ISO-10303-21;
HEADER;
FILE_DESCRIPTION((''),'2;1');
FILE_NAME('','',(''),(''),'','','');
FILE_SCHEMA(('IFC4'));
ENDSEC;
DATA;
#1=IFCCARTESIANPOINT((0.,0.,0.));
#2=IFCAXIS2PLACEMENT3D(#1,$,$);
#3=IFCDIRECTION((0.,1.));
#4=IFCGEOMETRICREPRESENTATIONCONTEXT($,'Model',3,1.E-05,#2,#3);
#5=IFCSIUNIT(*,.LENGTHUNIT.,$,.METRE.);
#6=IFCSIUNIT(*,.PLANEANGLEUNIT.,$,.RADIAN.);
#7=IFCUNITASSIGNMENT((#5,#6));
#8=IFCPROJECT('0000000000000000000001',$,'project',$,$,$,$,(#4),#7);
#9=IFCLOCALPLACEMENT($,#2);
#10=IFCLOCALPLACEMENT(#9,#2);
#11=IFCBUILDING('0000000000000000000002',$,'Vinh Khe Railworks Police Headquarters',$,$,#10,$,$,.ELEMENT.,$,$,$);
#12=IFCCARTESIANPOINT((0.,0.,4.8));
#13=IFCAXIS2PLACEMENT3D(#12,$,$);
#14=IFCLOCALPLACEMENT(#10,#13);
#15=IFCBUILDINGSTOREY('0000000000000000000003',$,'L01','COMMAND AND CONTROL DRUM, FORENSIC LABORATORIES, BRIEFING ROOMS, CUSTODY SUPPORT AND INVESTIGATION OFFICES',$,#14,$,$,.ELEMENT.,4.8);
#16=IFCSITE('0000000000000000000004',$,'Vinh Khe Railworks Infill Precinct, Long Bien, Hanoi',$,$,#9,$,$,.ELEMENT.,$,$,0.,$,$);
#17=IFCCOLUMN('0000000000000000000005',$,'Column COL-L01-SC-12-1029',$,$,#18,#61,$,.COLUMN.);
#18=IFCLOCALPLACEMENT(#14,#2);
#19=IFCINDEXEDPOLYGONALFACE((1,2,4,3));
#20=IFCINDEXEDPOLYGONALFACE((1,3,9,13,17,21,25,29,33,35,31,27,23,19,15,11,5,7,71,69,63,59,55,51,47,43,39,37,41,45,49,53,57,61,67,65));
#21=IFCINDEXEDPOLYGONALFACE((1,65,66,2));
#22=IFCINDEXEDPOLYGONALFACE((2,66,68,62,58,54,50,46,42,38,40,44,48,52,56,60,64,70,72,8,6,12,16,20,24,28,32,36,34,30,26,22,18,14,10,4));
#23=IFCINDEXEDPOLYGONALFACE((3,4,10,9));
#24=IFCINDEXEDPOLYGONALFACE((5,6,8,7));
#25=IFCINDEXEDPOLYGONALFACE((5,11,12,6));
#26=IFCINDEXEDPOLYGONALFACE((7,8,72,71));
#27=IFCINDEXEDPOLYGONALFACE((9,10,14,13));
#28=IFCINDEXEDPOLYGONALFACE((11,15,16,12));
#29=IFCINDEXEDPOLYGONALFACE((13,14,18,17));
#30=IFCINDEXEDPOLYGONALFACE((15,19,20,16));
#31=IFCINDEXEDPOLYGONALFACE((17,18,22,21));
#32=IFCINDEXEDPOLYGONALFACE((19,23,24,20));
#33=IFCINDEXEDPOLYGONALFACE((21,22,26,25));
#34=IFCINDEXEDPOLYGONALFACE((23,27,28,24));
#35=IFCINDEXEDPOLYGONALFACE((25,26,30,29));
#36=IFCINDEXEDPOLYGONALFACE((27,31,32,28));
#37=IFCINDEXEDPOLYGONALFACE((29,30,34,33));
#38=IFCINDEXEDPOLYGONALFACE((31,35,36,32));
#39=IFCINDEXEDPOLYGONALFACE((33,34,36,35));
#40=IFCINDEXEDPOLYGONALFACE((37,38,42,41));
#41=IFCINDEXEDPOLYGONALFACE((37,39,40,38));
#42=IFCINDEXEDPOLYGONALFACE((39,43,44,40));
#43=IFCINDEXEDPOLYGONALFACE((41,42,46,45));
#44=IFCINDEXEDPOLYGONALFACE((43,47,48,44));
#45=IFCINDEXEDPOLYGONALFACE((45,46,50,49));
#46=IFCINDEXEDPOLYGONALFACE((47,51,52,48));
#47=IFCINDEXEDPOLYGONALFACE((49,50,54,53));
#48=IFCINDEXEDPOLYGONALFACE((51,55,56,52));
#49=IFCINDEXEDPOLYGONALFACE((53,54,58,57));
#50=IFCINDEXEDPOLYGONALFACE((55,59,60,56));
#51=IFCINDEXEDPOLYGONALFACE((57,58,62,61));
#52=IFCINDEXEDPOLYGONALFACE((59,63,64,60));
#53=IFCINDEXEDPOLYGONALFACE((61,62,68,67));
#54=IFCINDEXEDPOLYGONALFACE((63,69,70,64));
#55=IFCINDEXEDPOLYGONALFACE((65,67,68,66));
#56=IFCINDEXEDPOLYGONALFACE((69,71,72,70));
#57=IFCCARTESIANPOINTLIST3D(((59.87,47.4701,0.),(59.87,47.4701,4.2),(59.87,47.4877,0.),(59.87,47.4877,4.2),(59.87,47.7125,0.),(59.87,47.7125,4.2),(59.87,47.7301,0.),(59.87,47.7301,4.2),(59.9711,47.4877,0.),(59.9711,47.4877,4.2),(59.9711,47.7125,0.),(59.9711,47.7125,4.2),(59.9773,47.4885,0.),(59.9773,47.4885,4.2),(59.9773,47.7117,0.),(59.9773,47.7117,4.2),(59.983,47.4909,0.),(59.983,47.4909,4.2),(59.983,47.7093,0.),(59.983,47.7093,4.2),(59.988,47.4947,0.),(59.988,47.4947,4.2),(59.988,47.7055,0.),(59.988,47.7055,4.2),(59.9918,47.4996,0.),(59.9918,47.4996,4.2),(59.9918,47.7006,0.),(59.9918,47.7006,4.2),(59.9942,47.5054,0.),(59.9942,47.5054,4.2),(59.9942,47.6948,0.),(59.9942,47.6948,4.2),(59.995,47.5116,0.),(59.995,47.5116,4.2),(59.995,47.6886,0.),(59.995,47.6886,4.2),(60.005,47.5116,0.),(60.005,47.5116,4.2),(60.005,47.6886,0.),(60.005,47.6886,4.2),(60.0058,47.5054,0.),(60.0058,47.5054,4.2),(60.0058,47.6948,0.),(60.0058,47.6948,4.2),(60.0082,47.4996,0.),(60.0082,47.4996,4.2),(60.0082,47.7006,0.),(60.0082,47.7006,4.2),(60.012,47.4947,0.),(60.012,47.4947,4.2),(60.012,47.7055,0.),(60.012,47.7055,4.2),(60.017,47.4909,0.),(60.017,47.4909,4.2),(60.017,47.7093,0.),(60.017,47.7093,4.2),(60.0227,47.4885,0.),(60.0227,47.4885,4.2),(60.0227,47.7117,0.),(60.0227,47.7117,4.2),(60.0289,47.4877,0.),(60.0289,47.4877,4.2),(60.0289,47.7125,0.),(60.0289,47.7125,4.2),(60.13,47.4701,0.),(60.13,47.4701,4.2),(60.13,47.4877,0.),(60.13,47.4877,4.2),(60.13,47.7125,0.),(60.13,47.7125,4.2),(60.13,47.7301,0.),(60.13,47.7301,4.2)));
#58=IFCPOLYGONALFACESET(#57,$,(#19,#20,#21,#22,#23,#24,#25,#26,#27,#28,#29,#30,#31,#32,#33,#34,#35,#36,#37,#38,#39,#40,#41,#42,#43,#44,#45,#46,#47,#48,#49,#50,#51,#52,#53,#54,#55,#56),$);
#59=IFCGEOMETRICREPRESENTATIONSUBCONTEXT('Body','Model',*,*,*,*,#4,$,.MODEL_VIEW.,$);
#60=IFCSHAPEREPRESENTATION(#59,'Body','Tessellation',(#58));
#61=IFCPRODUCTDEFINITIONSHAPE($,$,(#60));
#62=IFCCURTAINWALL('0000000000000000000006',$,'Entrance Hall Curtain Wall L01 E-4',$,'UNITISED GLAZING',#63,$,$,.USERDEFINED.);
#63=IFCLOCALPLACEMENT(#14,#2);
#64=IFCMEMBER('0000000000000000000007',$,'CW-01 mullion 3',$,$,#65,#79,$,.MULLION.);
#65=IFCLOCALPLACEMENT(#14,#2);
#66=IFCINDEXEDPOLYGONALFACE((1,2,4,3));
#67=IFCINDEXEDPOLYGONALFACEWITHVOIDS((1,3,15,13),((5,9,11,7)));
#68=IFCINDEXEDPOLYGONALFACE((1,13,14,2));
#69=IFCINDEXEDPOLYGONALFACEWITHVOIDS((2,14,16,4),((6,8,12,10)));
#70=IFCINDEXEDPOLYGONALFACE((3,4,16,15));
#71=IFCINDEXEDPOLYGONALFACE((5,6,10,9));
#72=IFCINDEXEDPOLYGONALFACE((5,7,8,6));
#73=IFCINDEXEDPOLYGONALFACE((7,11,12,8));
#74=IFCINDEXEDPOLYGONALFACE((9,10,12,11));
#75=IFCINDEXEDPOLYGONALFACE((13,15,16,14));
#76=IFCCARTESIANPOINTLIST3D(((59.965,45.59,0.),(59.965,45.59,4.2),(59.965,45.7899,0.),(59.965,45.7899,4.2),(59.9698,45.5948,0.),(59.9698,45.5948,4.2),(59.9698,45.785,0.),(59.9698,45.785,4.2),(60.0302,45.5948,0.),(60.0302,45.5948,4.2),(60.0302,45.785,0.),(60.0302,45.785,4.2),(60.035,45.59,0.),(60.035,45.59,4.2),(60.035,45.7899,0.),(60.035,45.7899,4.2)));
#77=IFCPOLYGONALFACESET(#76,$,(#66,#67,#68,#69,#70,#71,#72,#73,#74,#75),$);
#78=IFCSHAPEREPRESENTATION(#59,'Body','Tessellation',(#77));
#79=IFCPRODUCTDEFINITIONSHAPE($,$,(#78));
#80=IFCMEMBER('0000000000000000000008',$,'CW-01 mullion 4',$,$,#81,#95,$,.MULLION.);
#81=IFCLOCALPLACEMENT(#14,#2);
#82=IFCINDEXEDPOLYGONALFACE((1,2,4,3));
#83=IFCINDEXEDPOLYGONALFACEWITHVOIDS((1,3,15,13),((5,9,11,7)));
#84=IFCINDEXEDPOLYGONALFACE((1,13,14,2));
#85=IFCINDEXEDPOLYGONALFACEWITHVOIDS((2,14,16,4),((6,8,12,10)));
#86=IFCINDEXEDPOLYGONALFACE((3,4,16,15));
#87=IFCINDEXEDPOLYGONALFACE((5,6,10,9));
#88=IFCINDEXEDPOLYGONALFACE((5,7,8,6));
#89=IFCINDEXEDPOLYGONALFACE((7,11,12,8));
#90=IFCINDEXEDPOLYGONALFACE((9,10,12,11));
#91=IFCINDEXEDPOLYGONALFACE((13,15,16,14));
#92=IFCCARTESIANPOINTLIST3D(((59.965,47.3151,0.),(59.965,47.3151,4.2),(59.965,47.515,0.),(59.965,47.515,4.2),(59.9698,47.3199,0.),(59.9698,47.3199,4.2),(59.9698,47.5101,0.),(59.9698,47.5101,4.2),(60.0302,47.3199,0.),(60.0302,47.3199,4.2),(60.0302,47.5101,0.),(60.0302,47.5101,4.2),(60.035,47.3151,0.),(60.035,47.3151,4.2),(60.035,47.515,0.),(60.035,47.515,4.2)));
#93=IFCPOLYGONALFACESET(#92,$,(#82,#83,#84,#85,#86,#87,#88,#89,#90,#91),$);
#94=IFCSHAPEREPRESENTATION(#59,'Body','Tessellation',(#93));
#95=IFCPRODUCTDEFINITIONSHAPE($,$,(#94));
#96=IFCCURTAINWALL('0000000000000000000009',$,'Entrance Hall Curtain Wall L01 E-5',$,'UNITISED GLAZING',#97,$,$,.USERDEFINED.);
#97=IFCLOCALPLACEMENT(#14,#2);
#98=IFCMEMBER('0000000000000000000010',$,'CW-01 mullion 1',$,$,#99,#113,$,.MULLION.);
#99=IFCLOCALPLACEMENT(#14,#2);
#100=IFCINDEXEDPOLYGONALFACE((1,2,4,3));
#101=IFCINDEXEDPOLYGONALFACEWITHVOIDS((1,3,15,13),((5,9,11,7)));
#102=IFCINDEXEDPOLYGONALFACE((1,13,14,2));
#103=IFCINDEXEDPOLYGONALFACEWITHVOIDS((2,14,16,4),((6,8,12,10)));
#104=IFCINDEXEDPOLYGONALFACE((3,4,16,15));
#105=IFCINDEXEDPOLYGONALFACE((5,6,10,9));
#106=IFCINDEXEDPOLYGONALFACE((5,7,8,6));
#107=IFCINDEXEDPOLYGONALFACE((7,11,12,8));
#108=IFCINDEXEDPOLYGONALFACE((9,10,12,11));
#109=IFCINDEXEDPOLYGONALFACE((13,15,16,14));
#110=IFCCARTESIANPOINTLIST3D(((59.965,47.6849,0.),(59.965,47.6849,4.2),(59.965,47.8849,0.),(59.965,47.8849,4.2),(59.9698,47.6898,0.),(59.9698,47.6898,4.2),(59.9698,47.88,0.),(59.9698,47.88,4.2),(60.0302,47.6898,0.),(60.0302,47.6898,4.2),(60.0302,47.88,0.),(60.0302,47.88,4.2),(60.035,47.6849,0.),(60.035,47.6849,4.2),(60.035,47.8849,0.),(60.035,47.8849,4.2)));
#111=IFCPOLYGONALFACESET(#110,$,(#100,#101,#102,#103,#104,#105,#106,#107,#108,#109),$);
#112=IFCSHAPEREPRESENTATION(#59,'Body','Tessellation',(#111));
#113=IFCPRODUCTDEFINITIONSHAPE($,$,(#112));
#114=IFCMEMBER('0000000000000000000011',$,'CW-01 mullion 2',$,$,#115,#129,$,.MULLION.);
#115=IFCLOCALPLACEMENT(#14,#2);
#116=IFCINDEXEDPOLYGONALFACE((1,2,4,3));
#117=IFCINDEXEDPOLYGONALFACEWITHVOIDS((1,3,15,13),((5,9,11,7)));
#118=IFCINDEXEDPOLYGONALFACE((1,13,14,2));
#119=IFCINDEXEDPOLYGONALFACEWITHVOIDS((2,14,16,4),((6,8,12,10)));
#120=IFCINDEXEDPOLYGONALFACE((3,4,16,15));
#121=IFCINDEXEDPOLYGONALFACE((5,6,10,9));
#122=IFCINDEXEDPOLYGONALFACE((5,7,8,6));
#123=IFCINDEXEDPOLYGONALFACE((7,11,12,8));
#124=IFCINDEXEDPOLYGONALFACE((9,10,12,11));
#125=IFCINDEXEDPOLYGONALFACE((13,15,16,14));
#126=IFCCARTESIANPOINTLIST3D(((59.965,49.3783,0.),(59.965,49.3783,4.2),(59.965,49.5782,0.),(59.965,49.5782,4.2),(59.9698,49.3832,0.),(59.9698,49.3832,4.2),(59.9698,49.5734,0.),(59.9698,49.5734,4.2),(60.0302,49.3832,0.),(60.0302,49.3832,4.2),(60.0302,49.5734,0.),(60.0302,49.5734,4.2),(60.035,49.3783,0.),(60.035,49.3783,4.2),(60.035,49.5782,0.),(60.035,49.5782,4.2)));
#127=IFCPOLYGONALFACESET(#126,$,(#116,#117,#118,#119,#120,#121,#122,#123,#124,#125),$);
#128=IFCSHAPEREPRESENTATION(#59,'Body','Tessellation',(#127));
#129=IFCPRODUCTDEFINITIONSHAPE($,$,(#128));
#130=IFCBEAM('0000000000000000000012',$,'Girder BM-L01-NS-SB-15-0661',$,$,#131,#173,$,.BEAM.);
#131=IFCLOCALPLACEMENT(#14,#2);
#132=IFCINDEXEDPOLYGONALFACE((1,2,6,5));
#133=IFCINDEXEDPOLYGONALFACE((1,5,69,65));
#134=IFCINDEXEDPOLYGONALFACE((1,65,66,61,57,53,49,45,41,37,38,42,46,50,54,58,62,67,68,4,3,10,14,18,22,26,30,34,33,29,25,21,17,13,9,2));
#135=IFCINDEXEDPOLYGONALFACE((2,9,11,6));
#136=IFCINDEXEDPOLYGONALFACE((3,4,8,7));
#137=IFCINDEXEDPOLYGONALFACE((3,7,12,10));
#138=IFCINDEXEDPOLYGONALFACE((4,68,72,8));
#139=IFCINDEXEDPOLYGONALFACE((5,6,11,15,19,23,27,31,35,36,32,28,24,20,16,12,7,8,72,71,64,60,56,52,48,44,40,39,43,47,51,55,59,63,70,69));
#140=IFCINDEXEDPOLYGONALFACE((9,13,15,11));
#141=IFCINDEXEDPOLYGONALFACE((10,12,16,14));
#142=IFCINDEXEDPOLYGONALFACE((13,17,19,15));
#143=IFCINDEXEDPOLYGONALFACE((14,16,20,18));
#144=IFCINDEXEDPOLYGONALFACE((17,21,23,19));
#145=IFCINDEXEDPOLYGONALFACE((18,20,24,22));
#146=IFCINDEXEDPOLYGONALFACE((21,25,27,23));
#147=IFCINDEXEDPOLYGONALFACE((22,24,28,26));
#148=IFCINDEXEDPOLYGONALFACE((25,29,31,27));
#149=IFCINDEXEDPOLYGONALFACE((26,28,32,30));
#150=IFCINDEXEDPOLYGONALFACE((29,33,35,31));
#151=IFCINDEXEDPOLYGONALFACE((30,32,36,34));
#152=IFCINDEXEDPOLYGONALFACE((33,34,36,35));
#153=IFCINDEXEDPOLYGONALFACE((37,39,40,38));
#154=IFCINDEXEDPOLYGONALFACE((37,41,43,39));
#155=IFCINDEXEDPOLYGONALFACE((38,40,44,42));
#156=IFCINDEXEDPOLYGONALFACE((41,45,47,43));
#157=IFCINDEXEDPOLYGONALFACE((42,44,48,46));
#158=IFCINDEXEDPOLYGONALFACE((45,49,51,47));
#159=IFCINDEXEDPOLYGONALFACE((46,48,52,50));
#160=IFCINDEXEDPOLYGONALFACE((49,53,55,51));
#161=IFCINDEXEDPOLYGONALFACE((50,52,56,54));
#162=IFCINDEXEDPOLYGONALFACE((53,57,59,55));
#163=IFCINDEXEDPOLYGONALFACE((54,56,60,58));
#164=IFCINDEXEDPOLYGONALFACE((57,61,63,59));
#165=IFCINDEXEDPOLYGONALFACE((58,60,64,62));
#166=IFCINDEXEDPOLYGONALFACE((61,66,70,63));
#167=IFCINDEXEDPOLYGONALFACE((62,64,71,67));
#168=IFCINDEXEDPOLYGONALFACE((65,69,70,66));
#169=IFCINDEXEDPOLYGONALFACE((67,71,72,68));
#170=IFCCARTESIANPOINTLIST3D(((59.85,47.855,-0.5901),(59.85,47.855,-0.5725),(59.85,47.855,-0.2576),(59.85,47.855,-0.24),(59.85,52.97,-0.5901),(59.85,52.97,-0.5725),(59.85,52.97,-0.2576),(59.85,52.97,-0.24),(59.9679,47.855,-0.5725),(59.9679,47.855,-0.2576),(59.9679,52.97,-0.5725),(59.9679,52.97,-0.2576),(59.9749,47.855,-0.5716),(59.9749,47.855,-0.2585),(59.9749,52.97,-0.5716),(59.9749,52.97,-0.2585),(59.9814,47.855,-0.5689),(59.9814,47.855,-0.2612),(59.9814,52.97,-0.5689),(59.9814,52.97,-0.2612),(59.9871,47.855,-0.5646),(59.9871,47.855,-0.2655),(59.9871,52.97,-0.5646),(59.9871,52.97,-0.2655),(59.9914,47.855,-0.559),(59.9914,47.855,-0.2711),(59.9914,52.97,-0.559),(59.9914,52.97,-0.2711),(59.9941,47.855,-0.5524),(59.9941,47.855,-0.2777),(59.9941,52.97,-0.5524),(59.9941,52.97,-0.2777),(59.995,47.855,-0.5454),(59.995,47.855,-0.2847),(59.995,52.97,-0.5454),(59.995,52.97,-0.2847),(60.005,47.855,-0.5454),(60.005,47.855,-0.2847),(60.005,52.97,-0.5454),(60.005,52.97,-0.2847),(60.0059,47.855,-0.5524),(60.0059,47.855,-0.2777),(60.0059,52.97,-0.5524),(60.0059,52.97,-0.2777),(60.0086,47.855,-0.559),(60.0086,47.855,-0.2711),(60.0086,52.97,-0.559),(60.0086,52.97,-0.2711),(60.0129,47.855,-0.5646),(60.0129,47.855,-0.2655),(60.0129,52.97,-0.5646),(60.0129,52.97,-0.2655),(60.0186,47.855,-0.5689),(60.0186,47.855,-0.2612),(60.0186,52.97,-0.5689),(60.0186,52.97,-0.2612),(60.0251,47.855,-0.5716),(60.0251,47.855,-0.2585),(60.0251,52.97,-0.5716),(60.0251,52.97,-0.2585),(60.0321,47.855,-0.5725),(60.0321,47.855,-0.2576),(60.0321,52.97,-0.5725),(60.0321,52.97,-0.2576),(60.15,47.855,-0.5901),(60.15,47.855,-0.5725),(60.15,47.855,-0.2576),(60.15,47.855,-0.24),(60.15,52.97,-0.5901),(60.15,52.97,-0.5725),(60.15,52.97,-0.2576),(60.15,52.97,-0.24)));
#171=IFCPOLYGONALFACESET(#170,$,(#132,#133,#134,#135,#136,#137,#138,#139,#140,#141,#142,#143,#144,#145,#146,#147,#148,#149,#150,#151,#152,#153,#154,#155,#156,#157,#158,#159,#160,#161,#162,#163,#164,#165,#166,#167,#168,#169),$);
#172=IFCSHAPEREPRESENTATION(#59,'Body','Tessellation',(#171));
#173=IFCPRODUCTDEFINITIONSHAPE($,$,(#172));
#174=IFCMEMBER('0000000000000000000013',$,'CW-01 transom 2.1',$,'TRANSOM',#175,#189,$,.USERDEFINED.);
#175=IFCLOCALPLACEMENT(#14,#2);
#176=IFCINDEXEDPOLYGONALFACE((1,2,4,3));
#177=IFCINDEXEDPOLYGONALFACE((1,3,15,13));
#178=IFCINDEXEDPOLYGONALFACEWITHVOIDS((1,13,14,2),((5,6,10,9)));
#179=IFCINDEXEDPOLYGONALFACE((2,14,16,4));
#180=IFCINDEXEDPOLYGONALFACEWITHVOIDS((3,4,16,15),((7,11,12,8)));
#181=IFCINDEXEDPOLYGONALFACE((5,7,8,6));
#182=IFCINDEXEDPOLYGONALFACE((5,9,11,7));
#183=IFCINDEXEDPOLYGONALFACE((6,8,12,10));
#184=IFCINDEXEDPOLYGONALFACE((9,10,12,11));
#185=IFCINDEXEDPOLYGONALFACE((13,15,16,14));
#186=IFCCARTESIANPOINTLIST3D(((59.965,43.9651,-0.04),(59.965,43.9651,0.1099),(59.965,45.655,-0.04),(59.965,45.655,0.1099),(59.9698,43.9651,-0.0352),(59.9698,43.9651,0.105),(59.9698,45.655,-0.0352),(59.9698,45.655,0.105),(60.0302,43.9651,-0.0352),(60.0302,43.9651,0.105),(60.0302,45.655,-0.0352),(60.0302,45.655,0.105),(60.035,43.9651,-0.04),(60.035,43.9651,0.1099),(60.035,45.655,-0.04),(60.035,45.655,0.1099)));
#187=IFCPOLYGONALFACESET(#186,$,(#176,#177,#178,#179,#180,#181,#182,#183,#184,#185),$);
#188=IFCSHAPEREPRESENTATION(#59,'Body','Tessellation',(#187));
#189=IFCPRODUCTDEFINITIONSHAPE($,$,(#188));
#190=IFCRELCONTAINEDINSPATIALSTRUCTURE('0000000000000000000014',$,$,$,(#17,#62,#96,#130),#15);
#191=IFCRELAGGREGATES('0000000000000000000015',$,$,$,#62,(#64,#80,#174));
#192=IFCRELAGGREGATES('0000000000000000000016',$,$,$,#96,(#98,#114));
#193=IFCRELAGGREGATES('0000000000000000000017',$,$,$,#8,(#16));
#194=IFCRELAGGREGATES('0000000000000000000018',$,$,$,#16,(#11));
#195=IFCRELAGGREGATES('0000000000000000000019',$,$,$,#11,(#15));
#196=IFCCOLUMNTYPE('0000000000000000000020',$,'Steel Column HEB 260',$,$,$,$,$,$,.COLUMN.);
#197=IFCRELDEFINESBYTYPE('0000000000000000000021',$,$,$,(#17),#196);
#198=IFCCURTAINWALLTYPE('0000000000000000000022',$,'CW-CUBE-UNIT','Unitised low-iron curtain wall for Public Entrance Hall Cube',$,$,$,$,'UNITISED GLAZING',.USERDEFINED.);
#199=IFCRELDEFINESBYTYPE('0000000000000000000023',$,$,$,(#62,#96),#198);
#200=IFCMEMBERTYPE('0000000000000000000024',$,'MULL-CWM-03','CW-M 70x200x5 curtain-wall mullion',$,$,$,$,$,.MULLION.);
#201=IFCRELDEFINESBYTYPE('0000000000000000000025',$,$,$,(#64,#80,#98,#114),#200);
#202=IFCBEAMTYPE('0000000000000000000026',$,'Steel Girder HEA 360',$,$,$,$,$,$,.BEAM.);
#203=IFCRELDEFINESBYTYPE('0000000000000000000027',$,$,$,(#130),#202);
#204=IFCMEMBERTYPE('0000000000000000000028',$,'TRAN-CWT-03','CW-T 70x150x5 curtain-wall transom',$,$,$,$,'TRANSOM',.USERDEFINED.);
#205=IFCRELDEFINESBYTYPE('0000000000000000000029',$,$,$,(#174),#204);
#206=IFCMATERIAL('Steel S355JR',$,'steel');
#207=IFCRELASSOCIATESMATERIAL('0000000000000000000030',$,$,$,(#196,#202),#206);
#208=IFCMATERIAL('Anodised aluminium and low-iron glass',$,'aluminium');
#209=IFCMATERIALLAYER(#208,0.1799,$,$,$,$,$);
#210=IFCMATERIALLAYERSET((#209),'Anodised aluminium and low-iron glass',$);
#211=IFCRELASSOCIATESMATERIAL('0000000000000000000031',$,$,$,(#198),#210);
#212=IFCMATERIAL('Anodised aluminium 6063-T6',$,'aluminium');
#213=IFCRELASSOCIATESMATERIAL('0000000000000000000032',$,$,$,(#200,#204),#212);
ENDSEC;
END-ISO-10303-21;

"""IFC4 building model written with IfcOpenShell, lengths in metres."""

from ifc_helpers import new_model, si_unit, direction, frame, origin, origin_2d, place, context, subcontext, project, spatial, hollow_rectangle, i_section, extrude, material, layer, layer_set, material_profile, profile_set, type_object, element, aggregate, save


model = new_model("IFC4")

# Units and contexts
model_context = context("Model", 3, precision=1e-05, world=origin(), true_north=direction((0.0, 1.0)))
body_context = subcontext(model_context, "Body", "Model", "MODEL_VIEW")
ifc_project = project(units=[si_unit("LENGTHUNIT", "METRE"), si_unit("PLANEANGLEUNIT", "RADIAN")], contexts=[model_context])

# Site, building, storey
site_placement = place(None, origin())
site = spatial("IfcSite", under=ifc_project, at=site_placement, Name="Vinh Khe Railworks Infill Precinct, Long Bien, Hanoi", CompositionType="ELEMENT", RefElevation=0.0)
building_placement = place(site_placement, origin())
building = spatial("IfcBuilding", under=site, at=building_placement, Name="Vinh Khe Railworks Police Headquarters", CompositionType="ELEMENT")
storey_placement = place(building_placement, frame((0.0, 0.0, 4.8)))
storey = spatial("IfcBuildingStorey", under=building, at=storey_placement, Name="L01", Description="COMMAND AND CONTROL DRUM, FORENSIC LABORATORIES, BRIEFING ROOMS, CUSTODY SUPPORT AND INVESTIGATION OFFICES", CompositionType="ELEMENT", Elevation=4.8)

# Column
ifc_material_1 = material(Name="Steel S355JR", Category="steel")
ifc_material_profile_1 = material_profile(ifc_material_1, i_section(OverallWidth=0.26, OverallDepth=0.26, WebThickness=0.01, FlangeThickness=0.0176, FilletRadius=0.0239, at=origin_2d()), Name="HEB 260")
ifc_profile_set_1 = profile_set([ifc_material_profile_1], Name="Steel S355JR")
column_type = type_object("IfcColumnType", Name="Steel Column HEB 260", PredefinedType="COLUMN", material=ifc_profile_set_1)
column_placement = place(storey_placement, frame((60.0, 47.6001, 0.0), z_axis=(0.0, 0.0, 1.0), x_axis=(1.0, 0.0, 0.0)))
element("IfcColumn", 1, at=column_placement, inside=storey, type_object=column_type, Name="Column COL-L01-SC-12-1029", PredefinedType="COLUMN", context=body_context, shape_type="SweptSolid", body=[
    extrude(i_section(OverallWidth=0.26, OverallDepth=0.26, WebThickness=0.01, FlangeThickness=0.0176, FilletRadius=0.0239, at=origin_2d()), origin(), (0.0, 0.0, 1.0), 4.2),
])

# Curtain walls, members
ifc_material_2 = material(Name="Anodised aluminium and low-iron glass", Category="aluminium")
ifc_layer_1 = layer(ifc_material_2, 0.1799)
ifc_layer_set_1 = layer_set([ifc_layer_1], Name="Anodised aluminium and low-iron glass")
curtain_wall_type = type_object("IfcCurtainWallType", Name="CW-CUBE-UNIT", Description="Unitised low-iron curtain wall for Public Entrance Hall Cube", ElementType="UNITISED GLAZING", PredefinedType="USERDEFINED", material=ifc_layer_set_1)
curtain_wall_1_placement = place(storey_placement, origin())
curtain_wall_1 = element("IfcCurtainWall", 2, at=curtain_wall_1_placement, inside=storey, type_object=curtain_wall_type, Name="Entrance Hall Curtain Wall L01 E-4", ObjectType="UNITISED GLAZING", PredefinedType="USERDEFINED")
ifc_material_3 = material(Name="Anodised aluminium 6063-T6", Category="aluminium")
ifc_material_profile_2 = material_profile(ifc_material_3, hollow_rectangle(XDim=0.0701, YDim=0.2, WallThickness=0.0049, at=origin_2d()), Name="CW-M 70x200x5")
ifc_profile_set_2 = profile_set([ifc_material_profile_2], Name="Anodised aluminium 6063-T6")
member_type_1 = type_object("IfcMemberType", Name="MULL-CWM-03", Description="CW-M 70x200x5 curtain-wall mullion", PredefinedType="MULLION", material=ifc_profile_set_2)
member_1_placement = place(storey_placement, frame((60.0, 45.6899, 0.0), z_axis=(0.0, 0.0, 1.0), x_axis=(-1.0, 0.0, 0.0)))
member_1 = element("IfcMember", 3, at=member_1_placement, type_object=member_type_1, Name="CW-01 mullion 3", PredefinedType="MULLION", context=body_context, shape_type="SweptSolid", body=[
    extrude(hollow_rectangle(XDim=0.0701, YDim=0.2, WallThickness=0.0049, at=origin_2d()), origin(), (0.0, 0.0, 1.0), 4.2),
])
member_2_placement = place(storey_placement, frame((60.0, 47.415, 0.0), z_axis=(0.0, 0.0, 1.0), x_axis=(-1.0, 0.0, 0.0)))
member_2 = element("IfcMember", 4, at=member_2_placement, type_object=member_type_1, Name="CW-01 mullion 4", PredefinedType="MULLION", context=body_context, shape_type="SweptSolid", body=[
    extrude(hollow_rectangle(XDim=0.0701, YDim=0.2, WallThickness=0.0049, at=origin_2d()), origin(), (0.0, 0.0, 1.0), 4.2),
])
curtain_wall_2_placement = place(storey_placement, origin())
curtain_wall_2 = element("IfcCurtainWall", 5, at=curtain_wall_2_placement, inside=storey, type_object=curtain_wall_type, Name="Entrance Hall Curtain Wall L01 E-5", ObjectType="UNITISED GLAZING", PredefinedType="USERDEFINED")
member_3_placement = place(storey_placement, frame((60.0, 47.7849, 0.0), z_axis=(0.0, 0.0, 1.0), x_axis=(-1.0, 0.0, 0.0)))
member_3 = element("IfcMember", 6, at=member_3_placement, type_object=member_type_1, Name="CW-01 mullion 1", PredefinedType="MULLION", context=body_context, shape_type="SweptSolid", body=[
    extrude(hollow_rectangle(XDim=0.0701, YDim=0.2, WallThickness=0.0049, at=origin_2d()), origin(), (0.0, 0.0, 1.0), 4.2),
])
member_4_placement = place(storey_placement, frame((60.0, 49.4783, 0.0), z_axis=(0.0, 0.0, 1.0), x_axis=(-1.0, 0.0, 0.0)))
member_4 = element("IfcMember", 7, at=member_4_placement, type_object=member_type_1, Name="CW-01 mullion 2", PredefinedType="MULLION", context=body_context, shape_type="SweptSolid", body=[
    extrude(hollow_rectangle(XDim=0.0701, YDim=0.2, WallThickness=0.0049, at=origin_2d()), origin(), (0.0, 0.0, 1.0), 4.2),
])

# Beam
ifc_material_profile_3 = material_profile(ifc_material_1, i_section(OverallWidth=0.3, OverallDepth=0.3501, WebThickness=0.01, FlangeThickness=0.0176, FilletRadius=0.0271, at=origin_2d()), Name="HEA 360")
ifc_profile_set_3 = profile_set([ifc_material_profile_3], Name="Steel S355JR")
beam_type = type_object("IfcBeamType", Name="Steel Girder HEA 360", PredefinedType="BEAM", material=ifc_profile_set_3)
beam_placement = place(storey_placement, frame((60.0, 47.855, -0.415), z_axis=(0.0, 1.0, 0.0), x_axis=(-1.0, 0.0, 0.0)))
element("IfcBeam", 8, at=beam_placement, inside=storey, type_object=beam_type, Name="Girder BM-L01-NS-SB-15-0661", PredefinedType="BEAM", context=body_context, shape_type="SweptSolid", body=[
    extrude(i_section(OverallWidth=0.3, OverallDepth=0.3501, WebThickness=0.01, FlangeThickness=0.0176, FilletRadius=0.0271, at=origin_2d()), origin(), (0.0, 0.0, 1.0), 5.115),
])

# Member
ifc_material_profile_4 = material_profile(ifc_material_3, hollow_rectangle(XDim=0.0701, YDim=0.1499, WallThickness=0.0049, at=origin_2d()), Name="CW-T 70x150x5")
ifc_profile_set_4 = profile_set([ifc_material_profile_4], Name="Anodised aluminium 6063-T6")
member_type_2 = type_object("IfcMemberType", Name="TRAN-CWT-03", Description="CW-T 70x150x5 curtain-wall transom", ElementType="TRANSOM", PredefinedType="USERDEFINED", material=ifc_profile_set_4)
member_5_placement = place(storey_placement, frame((60.0, 43.9651, 0.0349), z_axis=(0.0, 1.0, 0.0), x_axis=(-1.0, 0.0, 0.0)))
member_5 = element("IfcMember", 9, at=member_5_placement, type_object=member_type_2, Name="CW-01 transom 2.1", ObjectType="TRANSOM", PredefinedType="USERDEFINED", context=body_context, shape_type="SweptSolid", body=[
    extrude(hollow_rectangle(XDim=0.0701, YDim=0.1499, WallThickness=0.0049, at=origin_2d()), origin(), (0.0, 0.0, 1.0), 1.6899),
])

aggregate(curtain_wall_1, [member_1, member_2, member_5])
aggregate(curtain_wall_2, [member_3, member_4])

save(model, "model.ifc")
